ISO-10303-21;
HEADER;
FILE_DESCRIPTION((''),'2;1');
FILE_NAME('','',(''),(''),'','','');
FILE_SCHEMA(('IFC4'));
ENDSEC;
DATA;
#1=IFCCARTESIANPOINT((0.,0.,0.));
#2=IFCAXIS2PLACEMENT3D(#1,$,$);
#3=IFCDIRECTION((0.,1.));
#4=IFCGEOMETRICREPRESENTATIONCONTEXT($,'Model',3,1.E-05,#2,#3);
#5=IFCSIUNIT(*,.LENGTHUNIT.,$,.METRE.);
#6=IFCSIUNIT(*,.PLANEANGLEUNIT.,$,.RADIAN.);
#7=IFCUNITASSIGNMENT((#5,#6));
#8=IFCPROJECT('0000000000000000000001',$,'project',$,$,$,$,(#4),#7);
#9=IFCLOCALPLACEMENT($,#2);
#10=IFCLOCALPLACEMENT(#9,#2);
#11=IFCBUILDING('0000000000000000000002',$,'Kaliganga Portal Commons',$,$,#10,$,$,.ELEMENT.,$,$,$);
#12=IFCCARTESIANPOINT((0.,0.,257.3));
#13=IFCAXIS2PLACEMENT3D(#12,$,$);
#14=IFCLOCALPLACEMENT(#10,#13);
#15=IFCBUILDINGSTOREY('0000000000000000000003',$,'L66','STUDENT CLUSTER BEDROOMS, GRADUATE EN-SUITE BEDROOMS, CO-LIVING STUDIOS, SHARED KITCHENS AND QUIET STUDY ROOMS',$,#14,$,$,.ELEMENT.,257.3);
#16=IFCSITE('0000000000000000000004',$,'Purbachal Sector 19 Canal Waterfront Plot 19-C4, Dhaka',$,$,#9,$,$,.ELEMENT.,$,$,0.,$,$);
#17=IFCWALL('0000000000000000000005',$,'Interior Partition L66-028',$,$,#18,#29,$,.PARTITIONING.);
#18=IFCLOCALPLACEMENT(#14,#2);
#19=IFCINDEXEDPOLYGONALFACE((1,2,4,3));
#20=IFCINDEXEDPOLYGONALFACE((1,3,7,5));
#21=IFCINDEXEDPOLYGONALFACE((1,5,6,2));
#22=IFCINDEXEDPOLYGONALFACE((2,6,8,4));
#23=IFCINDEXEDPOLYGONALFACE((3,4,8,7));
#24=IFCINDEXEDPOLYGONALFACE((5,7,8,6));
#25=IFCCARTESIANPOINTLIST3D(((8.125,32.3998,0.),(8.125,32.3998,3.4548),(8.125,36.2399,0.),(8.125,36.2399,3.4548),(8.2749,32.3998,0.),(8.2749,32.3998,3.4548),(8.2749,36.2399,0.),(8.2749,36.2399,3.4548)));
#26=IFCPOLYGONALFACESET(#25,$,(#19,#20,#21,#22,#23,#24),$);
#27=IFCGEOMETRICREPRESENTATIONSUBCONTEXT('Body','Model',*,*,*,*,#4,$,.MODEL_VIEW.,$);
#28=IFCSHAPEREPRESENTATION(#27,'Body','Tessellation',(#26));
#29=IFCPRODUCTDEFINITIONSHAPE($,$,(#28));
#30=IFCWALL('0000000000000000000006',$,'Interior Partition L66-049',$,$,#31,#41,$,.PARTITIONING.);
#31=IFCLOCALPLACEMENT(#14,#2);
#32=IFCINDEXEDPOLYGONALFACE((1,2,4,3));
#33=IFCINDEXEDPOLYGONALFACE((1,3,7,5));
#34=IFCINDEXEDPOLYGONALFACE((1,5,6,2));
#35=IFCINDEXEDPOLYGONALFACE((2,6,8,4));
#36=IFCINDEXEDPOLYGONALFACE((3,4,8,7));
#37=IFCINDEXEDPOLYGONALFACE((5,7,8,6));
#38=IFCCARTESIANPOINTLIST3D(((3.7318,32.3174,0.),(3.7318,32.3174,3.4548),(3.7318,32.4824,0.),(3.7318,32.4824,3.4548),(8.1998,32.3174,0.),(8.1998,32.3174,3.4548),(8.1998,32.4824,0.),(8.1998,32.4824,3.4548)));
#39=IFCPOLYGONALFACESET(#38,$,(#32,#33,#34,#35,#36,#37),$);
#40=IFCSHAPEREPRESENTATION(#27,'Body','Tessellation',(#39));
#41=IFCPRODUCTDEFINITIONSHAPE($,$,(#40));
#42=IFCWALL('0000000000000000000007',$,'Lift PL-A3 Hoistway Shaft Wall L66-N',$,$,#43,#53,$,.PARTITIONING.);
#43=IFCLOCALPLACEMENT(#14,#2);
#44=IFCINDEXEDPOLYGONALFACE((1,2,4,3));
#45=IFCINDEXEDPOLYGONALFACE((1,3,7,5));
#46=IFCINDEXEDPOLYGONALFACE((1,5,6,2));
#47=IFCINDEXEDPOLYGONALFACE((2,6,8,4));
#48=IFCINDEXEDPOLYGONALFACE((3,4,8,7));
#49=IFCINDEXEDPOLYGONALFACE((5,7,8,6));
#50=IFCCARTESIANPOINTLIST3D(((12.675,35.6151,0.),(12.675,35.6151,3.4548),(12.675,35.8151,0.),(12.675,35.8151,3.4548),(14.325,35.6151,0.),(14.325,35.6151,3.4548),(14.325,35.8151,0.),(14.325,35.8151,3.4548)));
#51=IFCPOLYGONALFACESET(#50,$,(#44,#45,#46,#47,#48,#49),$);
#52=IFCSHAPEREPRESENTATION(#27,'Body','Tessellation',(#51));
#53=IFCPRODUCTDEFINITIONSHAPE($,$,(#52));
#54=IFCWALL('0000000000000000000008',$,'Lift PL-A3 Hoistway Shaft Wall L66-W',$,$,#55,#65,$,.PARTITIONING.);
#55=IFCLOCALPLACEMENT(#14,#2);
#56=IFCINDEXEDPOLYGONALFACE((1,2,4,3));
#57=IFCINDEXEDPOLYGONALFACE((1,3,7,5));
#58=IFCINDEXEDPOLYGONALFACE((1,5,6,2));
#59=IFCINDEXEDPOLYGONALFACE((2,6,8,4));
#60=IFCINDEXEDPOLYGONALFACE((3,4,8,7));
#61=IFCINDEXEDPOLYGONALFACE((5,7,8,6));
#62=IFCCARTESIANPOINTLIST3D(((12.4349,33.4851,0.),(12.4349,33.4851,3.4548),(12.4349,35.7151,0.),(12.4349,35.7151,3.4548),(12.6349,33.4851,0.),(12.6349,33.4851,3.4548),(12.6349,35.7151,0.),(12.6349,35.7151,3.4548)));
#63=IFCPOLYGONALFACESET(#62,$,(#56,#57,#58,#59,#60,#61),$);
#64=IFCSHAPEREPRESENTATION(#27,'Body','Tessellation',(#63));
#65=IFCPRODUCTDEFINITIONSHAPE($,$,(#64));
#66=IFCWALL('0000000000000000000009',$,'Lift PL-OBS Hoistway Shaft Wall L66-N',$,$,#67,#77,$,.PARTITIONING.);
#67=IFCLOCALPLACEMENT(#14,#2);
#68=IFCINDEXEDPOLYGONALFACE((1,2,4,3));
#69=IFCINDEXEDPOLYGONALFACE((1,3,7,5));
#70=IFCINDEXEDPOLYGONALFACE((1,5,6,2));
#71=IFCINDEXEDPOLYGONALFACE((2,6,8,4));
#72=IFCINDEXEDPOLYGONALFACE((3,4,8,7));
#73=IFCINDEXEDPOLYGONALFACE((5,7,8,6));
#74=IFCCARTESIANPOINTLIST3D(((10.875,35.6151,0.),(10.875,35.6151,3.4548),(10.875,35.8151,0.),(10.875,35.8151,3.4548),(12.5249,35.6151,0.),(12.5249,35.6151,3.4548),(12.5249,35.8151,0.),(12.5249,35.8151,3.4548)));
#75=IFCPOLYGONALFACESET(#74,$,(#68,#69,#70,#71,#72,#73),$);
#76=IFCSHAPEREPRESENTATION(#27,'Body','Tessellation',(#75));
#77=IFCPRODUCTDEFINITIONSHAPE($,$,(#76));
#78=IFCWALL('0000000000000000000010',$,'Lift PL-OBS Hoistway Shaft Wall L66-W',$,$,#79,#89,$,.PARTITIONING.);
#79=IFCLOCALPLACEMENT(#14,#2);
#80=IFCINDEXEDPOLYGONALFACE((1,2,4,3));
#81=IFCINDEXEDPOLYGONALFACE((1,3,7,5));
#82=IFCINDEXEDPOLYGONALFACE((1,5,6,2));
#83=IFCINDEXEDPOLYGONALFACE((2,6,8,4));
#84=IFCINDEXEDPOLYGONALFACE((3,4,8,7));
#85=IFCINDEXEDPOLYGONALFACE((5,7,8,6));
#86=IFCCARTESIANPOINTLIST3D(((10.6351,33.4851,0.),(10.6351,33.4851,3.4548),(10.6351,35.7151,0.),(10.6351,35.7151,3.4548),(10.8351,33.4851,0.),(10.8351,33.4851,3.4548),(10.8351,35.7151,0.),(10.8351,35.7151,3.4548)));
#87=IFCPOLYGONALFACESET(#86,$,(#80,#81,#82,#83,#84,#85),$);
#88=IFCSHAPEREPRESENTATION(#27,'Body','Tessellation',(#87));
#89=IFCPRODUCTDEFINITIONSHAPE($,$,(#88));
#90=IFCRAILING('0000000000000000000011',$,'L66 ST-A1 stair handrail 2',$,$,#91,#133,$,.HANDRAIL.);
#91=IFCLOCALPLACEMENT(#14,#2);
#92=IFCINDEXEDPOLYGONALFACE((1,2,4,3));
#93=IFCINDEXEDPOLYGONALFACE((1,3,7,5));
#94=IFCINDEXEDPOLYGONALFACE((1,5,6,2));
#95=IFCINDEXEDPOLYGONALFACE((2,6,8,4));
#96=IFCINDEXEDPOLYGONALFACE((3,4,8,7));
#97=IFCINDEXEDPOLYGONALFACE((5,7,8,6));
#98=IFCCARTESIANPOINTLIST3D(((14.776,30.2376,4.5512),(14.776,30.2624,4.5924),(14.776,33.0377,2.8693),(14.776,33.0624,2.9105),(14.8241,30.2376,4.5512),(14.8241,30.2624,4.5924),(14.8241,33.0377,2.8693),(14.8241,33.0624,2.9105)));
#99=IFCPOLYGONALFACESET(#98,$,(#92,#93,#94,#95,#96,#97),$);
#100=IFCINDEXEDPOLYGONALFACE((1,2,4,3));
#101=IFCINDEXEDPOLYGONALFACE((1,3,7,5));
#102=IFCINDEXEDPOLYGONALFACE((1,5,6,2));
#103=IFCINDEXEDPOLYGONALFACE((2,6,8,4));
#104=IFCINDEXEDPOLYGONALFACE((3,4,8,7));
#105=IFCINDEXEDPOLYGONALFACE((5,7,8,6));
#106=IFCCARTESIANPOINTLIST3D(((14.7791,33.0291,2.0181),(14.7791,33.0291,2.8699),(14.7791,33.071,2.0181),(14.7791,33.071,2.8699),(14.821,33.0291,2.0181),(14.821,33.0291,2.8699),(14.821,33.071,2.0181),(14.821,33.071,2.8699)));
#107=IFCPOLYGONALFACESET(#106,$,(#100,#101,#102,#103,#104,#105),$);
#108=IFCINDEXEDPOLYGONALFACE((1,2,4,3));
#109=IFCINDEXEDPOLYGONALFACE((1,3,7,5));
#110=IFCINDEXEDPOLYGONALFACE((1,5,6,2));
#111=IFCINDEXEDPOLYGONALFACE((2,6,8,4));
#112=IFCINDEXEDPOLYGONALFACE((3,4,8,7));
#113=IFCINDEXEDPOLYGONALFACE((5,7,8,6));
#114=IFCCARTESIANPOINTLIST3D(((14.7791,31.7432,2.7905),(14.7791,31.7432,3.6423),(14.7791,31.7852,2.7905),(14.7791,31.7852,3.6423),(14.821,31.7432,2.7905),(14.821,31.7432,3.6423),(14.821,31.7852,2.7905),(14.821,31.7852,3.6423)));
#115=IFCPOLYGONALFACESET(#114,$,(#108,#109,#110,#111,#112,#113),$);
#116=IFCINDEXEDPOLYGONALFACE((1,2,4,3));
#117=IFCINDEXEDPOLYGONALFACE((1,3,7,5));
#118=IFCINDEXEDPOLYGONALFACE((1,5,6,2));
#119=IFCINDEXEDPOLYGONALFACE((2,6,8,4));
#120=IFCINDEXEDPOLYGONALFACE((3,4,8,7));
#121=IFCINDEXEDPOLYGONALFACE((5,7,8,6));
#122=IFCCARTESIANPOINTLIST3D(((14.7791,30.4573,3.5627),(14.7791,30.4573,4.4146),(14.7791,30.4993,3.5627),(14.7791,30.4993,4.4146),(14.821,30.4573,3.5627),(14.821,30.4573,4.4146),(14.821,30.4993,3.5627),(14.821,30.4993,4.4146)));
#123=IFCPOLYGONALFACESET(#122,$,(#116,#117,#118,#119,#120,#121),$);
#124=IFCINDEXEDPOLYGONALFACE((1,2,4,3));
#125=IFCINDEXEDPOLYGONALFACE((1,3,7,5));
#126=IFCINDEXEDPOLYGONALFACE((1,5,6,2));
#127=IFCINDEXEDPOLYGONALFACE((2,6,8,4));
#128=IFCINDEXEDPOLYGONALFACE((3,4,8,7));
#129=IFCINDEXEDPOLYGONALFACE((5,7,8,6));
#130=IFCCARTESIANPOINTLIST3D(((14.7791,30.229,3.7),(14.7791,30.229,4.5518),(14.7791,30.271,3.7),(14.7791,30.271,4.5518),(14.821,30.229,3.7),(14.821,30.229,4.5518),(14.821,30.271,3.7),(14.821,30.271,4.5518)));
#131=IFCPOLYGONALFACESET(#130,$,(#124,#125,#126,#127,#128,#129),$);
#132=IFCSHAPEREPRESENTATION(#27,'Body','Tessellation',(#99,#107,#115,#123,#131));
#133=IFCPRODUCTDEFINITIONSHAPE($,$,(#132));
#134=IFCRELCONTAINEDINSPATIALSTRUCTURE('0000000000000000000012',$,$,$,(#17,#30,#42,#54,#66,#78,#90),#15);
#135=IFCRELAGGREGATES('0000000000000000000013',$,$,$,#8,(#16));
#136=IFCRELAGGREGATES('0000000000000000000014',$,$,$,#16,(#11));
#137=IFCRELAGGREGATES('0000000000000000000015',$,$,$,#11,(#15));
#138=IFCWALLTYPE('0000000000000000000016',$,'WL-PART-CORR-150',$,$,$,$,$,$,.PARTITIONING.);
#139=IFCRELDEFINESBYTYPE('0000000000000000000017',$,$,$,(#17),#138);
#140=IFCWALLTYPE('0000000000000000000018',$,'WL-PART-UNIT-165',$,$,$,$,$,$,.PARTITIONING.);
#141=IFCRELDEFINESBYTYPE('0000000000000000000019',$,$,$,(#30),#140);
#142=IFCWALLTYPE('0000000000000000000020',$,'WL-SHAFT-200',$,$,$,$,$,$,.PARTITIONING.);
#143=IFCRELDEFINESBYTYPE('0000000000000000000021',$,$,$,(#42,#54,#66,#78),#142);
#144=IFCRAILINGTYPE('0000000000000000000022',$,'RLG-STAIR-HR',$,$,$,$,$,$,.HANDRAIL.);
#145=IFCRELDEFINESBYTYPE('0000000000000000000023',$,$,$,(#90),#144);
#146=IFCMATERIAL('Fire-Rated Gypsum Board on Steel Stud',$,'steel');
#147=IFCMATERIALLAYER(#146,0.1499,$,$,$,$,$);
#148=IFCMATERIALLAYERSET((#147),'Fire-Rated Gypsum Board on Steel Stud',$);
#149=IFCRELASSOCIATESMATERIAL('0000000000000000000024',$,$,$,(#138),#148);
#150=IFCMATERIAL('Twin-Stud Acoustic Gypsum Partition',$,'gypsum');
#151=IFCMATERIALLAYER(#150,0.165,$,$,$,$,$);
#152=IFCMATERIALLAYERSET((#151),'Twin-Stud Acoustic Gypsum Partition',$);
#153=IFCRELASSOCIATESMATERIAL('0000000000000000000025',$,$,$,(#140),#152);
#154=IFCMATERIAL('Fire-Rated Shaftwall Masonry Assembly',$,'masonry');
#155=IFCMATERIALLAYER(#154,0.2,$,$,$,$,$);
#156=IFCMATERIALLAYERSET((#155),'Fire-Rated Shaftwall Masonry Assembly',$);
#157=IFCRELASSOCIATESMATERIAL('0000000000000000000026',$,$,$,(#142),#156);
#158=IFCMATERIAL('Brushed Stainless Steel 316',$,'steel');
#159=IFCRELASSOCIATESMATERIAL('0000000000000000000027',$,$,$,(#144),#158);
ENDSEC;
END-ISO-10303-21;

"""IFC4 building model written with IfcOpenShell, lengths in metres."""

from ifc_helpers import new_model, si_unit, direction, frame, frame_2d, origin, origin_2d, place, context, subcontext, project, spatial, rectangle, extrude, material, layer, layer_set, type_object, element, save


model = new_model("IFC4")

# Units and contexts
model_context = context("Model", 3, precision=1e-05, world=origin(), true_north=direction((0.0, 1.0)))
body_context = subcontext(model_context, "Body", "Model", "MODEL_VIEW")
ifc_project = project(units=[si_unit("LENGTHUNIT", "METRE"), si_unit("PLANEANGLEUNIT", "RADIAN")], contexts=[model_context])

# Site, building, storey
site_placement = place(None, origin())
site = spatial("IfcSite", under=ifc_project, at=site_placement, Name="Purbachal Sector 19 Canal Waterfront Plot 19-C4, Dhaka", CompositionType="ELEMENT", RefElevation=0.0)
building_placement = place(site_placement, origin())
building = spatial("IfcBuilding", under=site, at=building_placement, Name="Kaliganga Portal Commons", CompositionType="ELEMENT")
storey_placement = place(building_placement, frame((0.0, 0.0, 257.3)))
storey = spatial("IfcBuildingStorey", under=building, at=storey_placement, Name="L66", Description="STUDENT CLUSTER BEDROOMS, GRADUATE EN-SUITE BEDROOMS, CO-LIVING STUDIOS, SHARED KITCHENS AND QUIET STUDY ROOMS", CompositionType="ELEMENT", Elevation=257.3)

# Walls
ifc_material_1 = material(Name="Fire-Rated Gypsum Board on Steel Stud", Category="steel")
ifc_layer_1 = layer(ifc_material_1, 0.1499)
ifc_layer_set_1 = layer_set([ifc_layer_1], Name="Fire-Rated Gypsum Board on Steel Stud")
wall_type_1 = type_object("IfcWallType", Name="WL-PART-CORR-150", PredefinedType="PARTITIONING", material=ifc_layer_set_1)
wall_1_placement = place(storey_placement, frame((8.2, 32.3999, 0.0), z_axis=(0.0, 0.0, 1.0), x_axis=(0.0, 1.0, 0.0)))
element("IfcWall", 1, at=wall_1_placement, inside=storey, type_object=wall_type_1, Name="Interior Partition L66-028", PredefinedType="PARTITIONING", context=body_context, shape_type="SweptSolid", body=[
    extrude(rectangle(XDim=3.8401, YDim=0.1499, at=frame_2d((1.9199, 0.0))), origin(), (0.0, 0.0, 1.0), 3.4548),
])
ifc_material_2 = material(Name="Twin-Stud Acoustic Gypsum Partition", Category="gypsum")
ifc_layer_2 = layer(ifc_material_2, 0.165)
ifc_layer_set_2 = layer_set([ifc_layer_2], Name="Twin-Stud Acoustic Gypsum Partition")
wall_type_2 = type_object("IfcWallType", Name="WL-PART-UNIT-165", PredefinedType="PARTITIONING", material=ifc_layer_set_2)
wall_2_placement = place(storey_placement, frame((3.7319, 32.3999, 0.0), z_axis=(0.0, 0.0, 1.0), x_axis=(1.0, 0.0, 0.0)))
element("IfcWall", 2, at=wall_2_placement, inside=storey, type_object=wall_type_2, Name="Interior Partition L66-049", PredefinedType="PARTITIONING", context=body_context, shape_type="SweptSolid", body=[
    extrude(rectangle(XDim=4.468, YDim=0.165, at=frame_2d((2.2339, 0.0))), origin(), (0.0, 0.0, 1.0), 3.4548),
])

# Shared definitions
ifc_material_3 = material(Name="Fire-Rated Shaftwall Masonry Assembly", Category="masonry")
ifc_layer_3 = layer(ifc_material_3, 0.2)
ifc_layer_set_3 = layer_set([ifc_layer_3], Name="Fire-Rated Shaftwall Masonry Assembly")
wall_type_3 = type_object("IfcWallType", Name="WL-SHAFT-200", PredefinedType="PARTITIONING", material=ifc_layer_set_3)

# Walls
wall_3_placement = place(storey_placement, frame((12.675, 35.7151, 0.0), z_axis=(0.0, 0.0, 1.0), x_axis=(1.0, 0.0, 0.0)))
element("IfcWall", 3, at=wall_3_placement, inside=storey, type_object=wall_type_3, Name="Lift PL-A3 Hoistway Shaft Wall L66-N", PredefinedType="PARTITIONING", context=body_context, shape_type="SweptSolid", body=[
    extrude(rectangle(XDim=1.6499, YDim=0.2, at=frame_2d((0.825, 0.0))), origin(), (0.0, 0.0, 1.0), 3.4548),
])
wall_4_placement = place(storey_placement, frame((12.5349, 33.4851, 0.0), z_axis=(0.0, 0.0, 1.0), x_axis=(0.0, 1.0, 0.0)))
element("IfcWall", 4, at=wall_4_placement, inside=storey, type_object=wall_type_3, Name="Lift PL-A3 Hoistway Shaft Wall L66-W", PredefinedType="PARTITIONING", context=body_context, shape_type="SweptSolid", body=[
    extrude(rectangle(XDim=2.23, YDim=0.2, at=frame_2d((1.115, 0.0))), origin(), (0.0, 0.0, 1.0), 3.4548),
])

# Walls
wall_5_placement = place(storey_placement, frame((10.875, 35.7151, 0.0), z_axis=(0.0, 0.0, 1.0), x_axis=(1.0, 0.0, 0.0)))
element("IfcWall", 5, at=wall_5_placement, inside=storey, type_object=wall_type_3, Name="Lift PL-OBS Hoistway Shaft Wall L66-N", PredefinedType="PARTITIONING", context=body_context, shape_type="SweptSolid", body=[
    extrude(rectangle(XDim=1.6499, YDim=0.2, at=frame_2d((0.825, 0.0))), origin(), (0.0, 0.0, 1.0), 3.4548),
])
wall_6_placement = place(storey_placement, frame((10.7351, 33.4851, 0.0), z_axis=(0.0, 0.0, 1.0), x_axis=(0.0, 1.0, 0.0)))
element("IfcWall", 6, at=wall_6_placement, inside=storey, type_object=wall_type_3, Name="Lift PL-OBS Hoistway Shaft Wall L66-W", PredefinedType="PARTITIONING", context=body_context, shape_type="SweptSolid", body=[
    extrude(rectangle(XDim=2.23, YDim=0.2, at=frame_2d((1.115, 0.0))), origin(), (0.0, 0.0, 1.0), 3.4548),
])

# Railing
ifc_material_4 = material(Name="Brushed Stainless Steel 316", Category="steel")
railing_type = type_object("IfcRailingType", Name="RLG-STAIR-HR", PredefinedType="HANDRAIL", material=ifc_material_4)
railing_placement = place(storey_placement, frame((14.8, 33.05, 2.0181)))
element("IfcRailing", 7, at=railing_placement, inside=storey, type_object=railing_type, Name="L66 ST-A1 stair handrail 2", PredefinedType="HANDRAIL", context=body_context, shape_type="SweptSolid", body=[
    extrude(rectangle(XDim=0.0481, YDim=0.0481, at=origin_2d()), frame((0.0, 0.0, 0.8718), z_axis=(0.0, -0.857242, 0.514913), x_axis=(1.0, 0.0, 0.0)), (0.0, 0.0, 1.0), 3.2664),
    extrude(rectangle(XDim=0.042, YDim=0.042, at=origin_2d()), origin(), (0.0, 0.0, 1.0), 0.8518),
    extrude(rectangle(XDim=0.042, YDim=0.042, at=origin_2d()), frame((0.0, -1.2859, 0.7725)), (0.0, 0.0, 1.0), 0.8518),
    extrude(rectangle(XDim=0.042, YDim=0.042, at=origin_2d()), frame((0.0, -2.5718, 1.5447)), (0.0, 0.0, 1.0), 0.8518),
    extrude(rectangle(XDim=0.042, YDim=0.042, at=origin_2d()), frame((0.0, -2.8, 1.6819)), (0.0, 0.0, 1.0), 0.8518),
])

save(model, "model.ifc")
